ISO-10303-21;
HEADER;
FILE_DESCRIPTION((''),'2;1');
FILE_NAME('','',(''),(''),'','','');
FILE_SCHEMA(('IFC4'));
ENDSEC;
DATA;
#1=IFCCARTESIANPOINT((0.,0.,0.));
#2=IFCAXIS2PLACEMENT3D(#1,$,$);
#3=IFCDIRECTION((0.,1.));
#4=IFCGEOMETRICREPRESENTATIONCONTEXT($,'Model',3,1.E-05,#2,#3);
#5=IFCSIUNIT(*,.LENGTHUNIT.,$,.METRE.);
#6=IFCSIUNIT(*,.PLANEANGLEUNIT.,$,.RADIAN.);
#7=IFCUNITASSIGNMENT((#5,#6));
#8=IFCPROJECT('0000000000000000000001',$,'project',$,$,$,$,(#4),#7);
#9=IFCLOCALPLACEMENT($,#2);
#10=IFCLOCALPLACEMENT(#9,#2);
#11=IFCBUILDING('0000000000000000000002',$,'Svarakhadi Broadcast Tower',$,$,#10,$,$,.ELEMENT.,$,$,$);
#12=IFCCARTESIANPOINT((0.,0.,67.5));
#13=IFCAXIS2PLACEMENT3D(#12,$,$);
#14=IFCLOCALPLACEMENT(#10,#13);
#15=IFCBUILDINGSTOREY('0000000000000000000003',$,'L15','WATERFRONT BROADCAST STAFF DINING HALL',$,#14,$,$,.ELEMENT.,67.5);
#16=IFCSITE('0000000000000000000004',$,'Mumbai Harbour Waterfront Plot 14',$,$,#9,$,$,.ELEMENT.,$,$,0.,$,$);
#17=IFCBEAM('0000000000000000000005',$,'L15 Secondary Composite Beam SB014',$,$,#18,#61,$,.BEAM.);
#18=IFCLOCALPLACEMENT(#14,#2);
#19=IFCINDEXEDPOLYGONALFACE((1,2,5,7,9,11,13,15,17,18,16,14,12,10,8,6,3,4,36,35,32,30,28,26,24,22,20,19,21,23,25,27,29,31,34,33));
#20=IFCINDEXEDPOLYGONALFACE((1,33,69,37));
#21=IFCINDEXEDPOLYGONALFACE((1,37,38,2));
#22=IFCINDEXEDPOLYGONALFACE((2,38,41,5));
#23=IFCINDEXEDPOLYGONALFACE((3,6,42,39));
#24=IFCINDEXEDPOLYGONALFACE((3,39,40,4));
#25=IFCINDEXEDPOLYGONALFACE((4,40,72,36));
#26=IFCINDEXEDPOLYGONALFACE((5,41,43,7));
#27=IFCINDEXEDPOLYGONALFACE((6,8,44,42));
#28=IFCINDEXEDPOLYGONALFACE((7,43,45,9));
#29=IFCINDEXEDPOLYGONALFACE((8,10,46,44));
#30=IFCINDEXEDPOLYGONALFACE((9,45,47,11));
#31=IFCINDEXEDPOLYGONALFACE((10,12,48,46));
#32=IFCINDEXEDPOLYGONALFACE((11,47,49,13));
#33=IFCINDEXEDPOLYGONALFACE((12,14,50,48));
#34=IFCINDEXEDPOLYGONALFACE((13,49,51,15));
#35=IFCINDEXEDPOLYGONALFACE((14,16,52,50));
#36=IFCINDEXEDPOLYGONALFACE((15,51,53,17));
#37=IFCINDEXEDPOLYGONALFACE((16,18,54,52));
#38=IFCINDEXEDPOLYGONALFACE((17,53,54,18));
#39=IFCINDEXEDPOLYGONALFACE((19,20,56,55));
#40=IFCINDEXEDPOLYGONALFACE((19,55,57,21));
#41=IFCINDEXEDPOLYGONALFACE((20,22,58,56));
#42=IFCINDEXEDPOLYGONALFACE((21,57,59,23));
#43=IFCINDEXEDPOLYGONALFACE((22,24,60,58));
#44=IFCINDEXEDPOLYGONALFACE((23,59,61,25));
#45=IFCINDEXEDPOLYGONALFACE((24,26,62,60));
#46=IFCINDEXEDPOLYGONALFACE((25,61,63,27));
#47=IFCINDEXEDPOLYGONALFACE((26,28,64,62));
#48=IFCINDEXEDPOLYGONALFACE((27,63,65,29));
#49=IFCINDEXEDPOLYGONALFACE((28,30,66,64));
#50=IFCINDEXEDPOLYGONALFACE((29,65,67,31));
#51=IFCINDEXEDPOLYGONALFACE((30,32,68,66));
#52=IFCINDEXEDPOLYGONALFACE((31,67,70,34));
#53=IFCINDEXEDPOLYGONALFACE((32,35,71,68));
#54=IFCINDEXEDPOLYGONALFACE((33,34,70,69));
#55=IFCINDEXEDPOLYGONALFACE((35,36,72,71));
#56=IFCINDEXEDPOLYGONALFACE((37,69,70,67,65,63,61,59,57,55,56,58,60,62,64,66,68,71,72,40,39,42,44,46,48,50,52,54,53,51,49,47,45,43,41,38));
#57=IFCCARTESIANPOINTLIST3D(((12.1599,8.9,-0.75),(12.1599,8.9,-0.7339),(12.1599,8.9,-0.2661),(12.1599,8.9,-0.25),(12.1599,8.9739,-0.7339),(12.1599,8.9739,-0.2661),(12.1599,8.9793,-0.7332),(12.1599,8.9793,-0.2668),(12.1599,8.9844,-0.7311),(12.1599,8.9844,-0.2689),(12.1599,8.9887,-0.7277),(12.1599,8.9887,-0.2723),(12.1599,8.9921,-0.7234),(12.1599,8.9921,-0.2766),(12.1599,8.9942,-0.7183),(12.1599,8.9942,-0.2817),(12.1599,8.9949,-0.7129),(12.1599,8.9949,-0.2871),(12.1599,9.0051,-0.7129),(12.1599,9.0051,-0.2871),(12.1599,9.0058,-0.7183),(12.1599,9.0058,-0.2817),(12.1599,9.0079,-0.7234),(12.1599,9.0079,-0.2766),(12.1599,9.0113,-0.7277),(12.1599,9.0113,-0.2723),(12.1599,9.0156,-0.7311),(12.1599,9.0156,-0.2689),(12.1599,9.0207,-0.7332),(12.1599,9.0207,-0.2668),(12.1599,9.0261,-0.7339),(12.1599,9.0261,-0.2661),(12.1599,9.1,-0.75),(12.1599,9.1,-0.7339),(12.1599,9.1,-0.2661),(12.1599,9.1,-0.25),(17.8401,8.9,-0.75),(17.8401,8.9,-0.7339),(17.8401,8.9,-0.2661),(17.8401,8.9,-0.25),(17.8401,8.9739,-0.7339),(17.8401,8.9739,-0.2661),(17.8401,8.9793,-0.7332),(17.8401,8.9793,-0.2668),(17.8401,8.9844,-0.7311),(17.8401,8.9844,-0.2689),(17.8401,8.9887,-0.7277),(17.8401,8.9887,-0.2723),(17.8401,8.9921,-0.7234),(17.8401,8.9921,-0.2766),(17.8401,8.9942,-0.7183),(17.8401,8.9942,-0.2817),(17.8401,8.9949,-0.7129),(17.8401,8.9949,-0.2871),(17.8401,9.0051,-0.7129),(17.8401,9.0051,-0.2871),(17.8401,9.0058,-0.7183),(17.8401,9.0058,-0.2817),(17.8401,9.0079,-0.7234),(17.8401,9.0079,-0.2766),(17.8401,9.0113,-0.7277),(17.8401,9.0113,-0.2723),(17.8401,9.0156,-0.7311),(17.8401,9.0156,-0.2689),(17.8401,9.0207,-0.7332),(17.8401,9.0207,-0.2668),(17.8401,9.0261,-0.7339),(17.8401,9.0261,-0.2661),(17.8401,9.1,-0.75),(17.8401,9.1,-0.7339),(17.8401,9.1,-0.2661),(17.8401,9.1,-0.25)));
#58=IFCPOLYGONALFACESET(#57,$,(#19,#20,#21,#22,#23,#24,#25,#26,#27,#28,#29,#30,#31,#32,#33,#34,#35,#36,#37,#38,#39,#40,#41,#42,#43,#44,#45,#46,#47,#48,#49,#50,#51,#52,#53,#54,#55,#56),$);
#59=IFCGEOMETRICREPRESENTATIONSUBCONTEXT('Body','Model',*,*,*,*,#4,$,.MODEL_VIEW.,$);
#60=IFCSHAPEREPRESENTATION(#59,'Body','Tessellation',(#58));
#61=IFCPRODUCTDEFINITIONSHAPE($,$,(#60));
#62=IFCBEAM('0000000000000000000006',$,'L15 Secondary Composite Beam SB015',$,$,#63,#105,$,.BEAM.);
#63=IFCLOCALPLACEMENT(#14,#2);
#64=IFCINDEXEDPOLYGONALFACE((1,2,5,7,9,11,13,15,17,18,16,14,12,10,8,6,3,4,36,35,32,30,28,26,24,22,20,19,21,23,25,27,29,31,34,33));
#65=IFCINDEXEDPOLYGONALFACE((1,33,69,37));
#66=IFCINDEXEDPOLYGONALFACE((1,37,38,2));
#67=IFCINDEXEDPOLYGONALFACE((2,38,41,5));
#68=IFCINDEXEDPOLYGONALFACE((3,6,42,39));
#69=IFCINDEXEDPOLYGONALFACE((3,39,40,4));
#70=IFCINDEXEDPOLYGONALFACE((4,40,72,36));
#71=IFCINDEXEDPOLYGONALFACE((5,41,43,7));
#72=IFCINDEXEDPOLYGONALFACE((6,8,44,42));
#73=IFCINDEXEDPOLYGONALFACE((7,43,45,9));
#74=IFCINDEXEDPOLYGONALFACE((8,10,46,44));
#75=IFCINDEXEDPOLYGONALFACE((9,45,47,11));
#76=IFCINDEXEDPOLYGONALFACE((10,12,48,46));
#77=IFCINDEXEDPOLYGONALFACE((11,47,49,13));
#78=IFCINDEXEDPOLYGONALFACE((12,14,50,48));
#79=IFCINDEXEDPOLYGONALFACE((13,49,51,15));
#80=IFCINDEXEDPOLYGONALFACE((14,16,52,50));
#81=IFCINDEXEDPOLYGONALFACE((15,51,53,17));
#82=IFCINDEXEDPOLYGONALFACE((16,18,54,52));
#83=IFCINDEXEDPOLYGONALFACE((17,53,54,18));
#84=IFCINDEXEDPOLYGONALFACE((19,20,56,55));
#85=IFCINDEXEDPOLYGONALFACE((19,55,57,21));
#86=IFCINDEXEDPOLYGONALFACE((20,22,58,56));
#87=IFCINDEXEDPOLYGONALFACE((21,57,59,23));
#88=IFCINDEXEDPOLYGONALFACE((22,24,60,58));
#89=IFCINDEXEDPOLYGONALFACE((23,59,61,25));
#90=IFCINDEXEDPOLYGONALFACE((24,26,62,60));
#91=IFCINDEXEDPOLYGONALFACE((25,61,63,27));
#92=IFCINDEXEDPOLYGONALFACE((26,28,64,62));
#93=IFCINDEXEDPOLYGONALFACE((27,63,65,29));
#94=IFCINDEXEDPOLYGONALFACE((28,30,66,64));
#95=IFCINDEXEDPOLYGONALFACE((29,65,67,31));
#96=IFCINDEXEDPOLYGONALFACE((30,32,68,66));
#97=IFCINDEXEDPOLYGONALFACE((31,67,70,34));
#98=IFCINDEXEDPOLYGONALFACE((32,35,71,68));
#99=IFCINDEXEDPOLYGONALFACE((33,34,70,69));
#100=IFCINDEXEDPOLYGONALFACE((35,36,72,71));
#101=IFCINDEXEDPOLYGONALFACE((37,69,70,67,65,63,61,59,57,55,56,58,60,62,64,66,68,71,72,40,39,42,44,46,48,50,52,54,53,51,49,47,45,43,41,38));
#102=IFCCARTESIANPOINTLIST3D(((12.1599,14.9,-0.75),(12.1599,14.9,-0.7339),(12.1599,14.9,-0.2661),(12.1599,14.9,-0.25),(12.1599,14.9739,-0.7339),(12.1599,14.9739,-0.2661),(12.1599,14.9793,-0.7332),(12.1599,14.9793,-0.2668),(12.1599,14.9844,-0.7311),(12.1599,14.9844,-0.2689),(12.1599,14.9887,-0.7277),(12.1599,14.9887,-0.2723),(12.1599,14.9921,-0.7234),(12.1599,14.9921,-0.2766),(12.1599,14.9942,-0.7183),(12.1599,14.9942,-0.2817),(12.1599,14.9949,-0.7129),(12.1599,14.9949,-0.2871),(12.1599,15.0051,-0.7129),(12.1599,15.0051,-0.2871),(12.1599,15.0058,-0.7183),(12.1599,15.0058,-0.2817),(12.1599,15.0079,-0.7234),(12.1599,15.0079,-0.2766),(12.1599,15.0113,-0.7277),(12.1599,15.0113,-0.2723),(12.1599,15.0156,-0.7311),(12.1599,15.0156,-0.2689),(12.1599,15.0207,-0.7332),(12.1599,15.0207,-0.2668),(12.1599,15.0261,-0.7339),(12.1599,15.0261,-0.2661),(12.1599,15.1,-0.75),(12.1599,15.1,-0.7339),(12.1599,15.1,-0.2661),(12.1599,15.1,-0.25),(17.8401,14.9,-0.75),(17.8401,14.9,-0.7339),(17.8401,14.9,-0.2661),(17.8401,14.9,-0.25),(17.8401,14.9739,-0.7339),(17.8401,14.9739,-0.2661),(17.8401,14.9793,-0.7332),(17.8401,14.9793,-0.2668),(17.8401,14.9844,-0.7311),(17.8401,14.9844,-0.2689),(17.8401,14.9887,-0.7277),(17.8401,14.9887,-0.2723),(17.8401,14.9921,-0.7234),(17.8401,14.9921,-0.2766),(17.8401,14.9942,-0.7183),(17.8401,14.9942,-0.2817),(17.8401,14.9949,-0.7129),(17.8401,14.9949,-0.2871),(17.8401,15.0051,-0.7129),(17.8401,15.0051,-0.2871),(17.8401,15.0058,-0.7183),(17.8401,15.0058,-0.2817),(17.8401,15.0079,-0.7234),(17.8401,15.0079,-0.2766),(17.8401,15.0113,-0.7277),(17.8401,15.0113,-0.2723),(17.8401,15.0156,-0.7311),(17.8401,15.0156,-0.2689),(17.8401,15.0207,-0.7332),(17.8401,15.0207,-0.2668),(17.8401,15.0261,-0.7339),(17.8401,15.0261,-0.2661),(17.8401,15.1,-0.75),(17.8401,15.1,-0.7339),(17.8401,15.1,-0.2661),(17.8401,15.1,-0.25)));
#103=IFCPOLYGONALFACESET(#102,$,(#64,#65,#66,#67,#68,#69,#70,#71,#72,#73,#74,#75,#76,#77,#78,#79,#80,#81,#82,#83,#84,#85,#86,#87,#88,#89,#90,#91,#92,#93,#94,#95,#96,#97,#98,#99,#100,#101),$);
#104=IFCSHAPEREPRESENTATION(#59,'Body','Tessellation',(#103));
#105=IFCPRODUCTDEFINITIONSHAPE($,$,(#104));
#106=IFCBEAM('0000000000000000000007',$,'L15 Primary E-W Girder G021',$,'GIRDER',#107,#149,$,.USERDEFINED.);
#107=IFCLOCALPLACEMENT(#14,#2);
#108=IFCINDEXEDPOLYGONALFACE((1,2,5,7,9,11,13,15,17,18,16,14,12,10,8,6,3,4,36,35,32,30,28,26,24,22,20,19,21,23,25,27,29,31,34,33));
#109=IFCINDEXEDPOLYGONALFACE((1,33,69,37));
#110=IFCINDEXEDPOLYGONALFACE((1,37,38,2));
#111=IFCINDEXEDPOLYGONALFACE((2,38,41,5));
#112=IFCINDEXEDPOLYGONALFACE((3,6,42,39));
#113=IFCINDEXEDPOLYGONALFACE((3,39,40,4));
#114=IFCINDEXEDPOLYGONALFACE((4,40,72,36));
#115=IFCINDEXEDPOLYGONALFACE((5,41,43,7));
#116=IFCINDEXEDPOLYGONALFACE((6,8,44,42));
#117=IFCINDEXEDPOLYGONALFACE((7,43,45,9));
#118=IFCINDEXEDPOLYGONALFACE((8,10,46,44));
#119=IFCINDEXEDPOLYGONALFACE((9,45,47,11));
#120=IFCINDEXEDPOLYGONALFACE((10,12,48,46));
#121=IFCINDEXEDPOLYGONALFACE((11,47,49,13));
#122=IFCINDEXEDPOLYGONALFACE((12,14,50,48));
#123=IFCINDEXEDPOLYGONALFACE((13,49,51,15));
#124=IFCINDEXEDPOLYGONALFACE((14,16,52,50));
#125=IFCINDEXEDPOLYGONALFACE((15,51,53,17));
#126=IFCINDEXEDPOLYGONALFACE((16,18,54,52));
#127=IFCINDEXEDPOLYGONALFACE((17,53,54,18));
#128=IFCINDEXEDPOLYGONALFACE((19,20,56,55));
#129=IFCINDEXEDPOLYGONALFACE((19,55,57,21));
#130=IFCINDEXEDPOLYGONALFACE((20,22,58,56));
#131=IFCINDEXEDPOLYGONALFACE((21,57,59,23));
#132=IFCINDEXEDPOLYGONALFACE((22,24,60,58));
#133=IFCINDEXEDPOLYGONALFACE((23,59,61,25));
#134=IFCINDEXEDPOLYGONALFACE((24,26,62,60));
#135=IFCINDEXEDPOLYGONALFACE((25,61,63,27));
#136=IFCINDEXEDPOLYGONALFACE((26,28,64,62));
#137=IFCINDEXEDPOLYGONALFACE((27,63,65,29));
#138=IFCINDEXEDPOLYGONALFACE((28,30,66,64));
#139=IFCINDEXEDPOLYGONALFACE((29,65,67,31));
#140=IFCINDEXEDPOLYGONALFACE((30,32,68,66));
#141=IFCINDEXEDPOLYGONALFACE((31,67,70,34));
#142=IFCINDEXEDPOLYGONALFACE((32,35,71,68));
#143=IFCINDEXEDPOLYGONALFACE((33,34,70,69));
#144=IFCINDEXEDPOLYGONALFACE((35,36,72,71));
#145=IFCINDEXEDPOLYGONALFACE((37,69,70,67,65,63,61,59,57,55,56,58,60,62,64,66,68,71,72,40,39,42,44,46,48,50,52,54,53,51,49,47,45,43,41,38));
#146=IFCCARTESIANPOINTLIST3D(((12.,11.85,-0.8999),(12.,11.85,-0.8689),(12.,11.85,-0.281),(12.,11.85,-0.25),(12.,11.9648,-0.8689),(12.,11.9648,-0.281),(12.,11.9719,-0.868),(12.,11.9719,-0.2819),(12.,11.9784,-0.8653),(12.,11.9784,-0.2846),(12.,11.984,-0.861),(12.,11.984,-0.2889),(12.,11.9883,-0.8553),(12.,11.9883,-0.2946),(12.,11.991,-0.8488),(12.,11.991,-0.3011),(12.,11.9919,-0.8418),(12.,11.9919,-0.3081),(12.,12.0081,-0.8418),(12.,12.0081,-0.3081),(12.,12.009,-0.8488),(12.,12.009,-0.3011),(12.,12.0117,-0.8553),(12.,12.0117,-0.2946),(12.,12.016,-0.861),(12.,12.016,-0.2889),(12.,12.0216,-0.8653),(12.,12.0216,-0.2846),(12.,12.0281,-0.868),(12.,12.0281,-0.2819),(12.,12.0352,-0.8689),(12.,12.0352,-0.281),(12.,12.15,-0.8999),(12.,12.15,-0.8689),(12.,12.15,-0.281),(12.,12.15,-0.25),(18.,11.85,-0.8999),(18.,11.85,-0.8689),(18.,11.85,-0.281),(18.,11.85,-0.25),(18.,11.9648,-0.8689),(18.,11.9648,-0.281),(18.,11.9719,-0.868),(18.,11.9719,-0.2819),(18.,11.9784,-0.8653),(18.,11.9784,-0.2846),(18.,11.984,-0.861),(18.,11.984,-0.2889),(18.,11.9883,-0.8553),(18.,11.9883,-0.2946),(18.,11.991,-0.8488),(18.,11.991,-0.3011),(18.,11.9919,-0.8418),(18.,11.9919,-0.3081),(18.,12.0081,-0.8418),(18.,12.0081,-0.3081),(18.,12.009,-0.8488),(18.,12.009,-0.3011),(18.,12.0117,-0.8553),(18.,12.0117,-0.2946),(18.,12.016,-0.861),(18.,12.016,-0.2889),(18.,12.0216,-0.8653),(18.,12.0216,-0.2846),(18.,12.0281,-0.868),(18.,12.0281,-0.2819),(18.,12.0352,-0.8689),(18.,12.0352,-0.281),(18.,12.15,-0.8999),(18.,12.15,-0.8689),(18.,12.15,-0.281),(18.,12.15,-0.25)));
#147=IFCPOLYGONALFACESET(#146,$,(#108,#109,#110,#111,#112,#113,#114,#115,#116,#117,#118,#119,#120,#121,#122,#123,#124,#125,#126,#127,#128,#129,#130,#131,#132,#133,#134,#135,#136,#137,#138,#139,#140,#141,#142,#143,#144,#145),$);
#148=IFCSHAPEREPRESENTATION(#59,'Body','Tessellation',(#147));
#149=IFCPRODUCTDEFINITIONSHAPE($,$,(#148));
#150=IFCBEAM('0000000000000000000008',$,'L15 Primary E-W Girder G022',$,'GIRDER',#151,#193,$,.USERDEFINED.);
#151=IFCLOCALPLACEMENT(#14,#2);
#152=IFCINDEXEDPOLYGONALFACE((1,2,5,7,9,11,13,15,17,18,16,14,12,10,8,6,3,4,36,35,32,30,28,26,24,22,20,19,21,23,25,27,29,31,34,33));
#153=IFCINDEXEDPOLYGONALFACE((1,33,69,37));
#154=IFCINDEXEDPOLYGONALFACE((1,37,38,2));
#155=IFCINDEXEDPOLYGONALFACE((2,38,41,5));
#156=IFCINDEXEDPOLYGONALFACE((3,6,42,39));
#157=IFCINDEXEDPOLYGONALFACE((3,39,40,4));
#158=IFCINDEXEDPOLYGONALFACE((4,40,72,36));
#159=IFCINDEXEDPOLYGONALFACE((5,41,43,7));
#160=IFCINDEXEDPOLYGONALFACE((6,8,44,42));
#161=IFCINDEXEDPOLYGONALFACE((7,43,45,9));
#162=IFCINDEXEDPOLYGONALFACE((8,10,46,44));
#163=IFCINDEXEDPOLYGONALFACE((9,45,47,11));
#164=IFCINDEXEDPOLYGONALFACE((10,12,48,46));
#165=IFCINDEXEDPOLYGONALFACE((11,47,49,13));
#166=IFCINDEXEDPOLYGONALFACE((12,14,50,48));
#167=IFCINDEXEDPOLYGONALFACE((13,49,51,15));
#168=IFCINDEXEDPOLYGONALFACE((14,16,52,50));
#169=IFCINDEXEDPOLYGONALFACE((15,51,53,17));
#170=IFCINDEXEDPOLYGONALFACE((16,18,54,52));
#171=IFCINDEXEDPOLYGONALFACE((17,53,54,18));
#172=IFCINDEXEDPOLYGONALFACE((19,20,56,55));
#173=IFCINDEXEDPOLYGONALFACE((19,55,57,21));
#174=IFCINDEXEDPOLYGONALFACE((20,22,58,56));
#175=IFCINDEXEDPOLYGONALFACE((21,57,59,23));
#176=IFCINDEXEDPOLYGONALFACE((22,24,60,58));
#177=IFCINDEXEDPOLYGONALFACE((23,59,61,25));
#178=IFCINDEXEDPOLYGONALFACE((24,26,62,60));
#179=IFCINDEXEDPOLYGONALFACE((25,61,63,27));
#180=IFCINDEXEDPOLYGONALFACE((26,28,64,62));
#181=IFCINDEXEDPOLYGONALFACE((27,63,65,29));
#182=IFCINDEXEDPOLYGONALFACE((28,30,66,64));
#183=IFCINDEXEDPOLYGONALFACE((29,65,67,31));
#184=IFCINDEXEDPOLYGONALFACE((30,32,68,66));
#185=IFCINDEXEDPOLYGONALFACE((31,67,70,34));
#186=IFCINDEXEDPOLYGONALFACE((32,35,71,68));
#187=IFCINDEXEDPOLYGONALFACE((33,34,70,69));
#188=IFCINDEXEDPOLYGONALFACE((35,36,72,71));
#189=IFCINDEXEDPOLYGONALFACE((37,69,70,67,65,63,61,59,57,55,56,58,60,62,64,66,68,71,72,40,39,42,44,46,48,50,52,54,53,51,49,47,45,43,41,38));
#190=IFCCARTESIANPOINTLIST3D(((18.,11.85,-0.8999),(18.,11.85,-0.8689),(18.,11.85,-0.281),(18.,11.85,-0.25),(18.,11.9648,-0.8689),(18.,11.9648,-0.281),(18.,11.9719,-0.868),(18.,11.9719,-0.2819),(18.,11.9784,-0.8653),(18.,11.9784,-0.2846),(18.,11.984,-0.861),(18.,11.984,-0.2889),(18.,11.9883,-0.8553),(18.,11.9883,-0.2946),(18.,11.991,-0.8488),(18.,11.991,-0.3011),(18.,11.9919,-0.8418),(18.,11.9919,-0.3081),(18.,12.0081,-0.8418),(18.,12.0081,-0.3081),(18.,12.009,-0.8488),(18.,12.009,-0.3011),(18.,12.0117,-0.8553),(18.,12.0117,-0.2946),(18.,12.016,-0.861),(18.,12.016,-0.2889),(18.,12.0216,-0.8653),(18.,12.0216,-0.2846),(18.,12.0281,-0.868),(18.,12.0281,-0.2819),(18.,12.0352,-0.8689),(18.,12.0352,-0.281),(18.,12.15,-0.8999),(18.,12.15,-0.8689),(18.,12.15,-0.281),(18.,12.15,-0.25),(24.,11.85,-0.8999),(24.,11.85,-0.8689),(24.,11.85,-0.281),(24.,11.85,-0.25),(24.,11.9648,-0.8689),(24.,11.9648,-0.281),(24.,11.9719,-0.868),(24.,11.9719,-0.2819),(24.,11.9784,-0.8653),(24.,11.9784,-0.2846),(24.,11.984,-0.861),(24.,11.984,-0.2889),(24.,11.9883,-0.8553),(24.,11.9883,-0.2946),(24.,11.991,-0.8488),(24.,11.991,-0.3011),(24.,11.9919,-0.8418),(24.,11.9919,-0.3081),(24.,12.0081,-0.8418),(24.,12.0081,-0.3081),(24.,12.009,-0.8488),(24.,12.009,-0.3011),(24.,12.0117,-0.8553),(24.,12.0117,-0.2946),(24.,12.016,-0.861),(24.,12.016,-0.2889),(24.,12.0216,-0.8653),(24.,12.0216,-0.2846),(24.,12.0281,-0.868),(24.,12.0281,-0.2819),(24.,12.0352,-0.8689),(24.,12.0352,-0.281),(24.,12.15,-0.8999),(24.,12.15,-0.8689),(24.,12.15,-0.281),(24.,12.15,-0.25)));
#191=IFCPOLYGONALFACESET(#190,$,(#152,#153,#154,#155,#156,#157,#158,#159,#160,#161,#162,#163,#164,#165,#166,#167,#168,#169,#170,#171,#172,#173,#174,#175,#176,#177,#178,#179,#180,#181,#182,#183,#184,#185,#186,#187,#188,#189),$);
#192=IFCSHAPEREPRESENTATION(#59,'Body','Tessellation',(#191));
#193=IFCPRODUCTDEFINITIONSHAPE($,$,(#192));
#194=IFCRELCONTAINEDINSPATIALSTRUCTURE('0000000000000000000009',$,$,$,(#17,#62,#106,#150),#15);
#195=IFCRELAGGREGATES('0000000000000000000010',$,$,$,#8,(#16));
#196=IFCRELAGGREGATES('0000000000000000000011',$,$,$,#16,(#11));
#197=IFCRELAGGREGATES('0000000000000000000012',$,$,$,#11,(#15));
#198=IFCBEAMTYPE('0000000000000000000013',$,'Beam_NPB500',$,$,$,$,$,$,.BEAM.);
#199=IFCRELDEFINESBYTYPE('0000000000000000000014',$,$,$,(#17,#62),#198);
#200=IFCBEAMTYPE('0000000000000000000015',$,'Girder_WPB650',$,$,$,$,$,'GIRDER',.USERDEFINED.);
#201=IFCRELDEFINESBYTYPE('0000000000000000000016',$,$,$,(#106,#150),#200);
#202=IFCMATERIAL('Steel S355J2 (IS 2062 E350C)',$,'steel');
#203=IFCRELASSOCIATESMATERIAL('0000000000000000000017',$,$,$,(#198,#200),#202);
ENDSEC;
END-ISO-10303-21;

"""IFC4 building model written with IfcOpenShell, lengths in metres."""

from ifc_helpers import new_model, si_unit, direction, frame, origin, origin_2d, place, context, subcontext, project, spatial, i_section, extrude, material, material_profile, profile_set, type_object, element, save


model = new_model("IFC4")

# Units and contexts
model_context = context("Model", 3, precision=1e-05, world=origin(), true_north=direction((0.0, 1.0)))
body_context = subcontext(model_context, "Body", "Model", "MODEL_VIEW")
ifc_project = project(units=[si_unit("LENGTHUNIT", "METRE"), si_unit("PLANEANGLEUNIT", "RADIAN")], contexts=[model_context])

# Site, building, storey
site_placement = place(None, origin())
site = spatial("IfcSite", under=ifc_project, at=site_placement, Name="Mumbai Harbour Waterfront Plot 14", CompositionType="ELEMENT", RefElevation=0.0)
building_placement = place(site_placement, origin())
building = spatial("IfcBuilding", under=site, at=building_placement, Name="Svarakhadi Broadcast Tower", CompositionType="ELEMENT")
storey_placement = place(building_placement, frame((0.0, 0.0, 67.5)))
storey = spatial("IfcBuildingStorey", under=building, at=storey_placement, Name="L15", Description="WATERFRONT BROADCAST STAFF DINING HALL", CompositionType="ELEMENT", Elevation=67.5)

# Beams
ifc_material_1 = material(Name="Steel S355J2 (IS 2062 E350C)", Category="steel")
ifc_material_profile_1 = material_profile(ifc_material_1, i_section(OverallWidth=0.2, OverallDepth=0.5, WebThickness=0.0103, FlangeThickness=0.0161, FilletRadius=0.021, at=origin_2d()), Name="NPB 500x200x91")
ifc_profile_set_1 = profile_set([ifc_material_profile_1], Name="Steel S355J2 (IS 2062 E350C)")
beam_type_1 = type_object("IfcBeamType", Name="Beam_NPB500", PredefinedType="BEAM", material=ifc_profile_set_1)
for number, where, z_axis, x_axis, name in (
    (1, (12.1599, 9.0, -0.5), (1.0, 0.0, 0.0), (0.0, 1.0, 0.0), "L15 Secondary Composite Beam SB014"),
    (2, (12.1599, 15.0, -0.5), (1.0, 0.0, 0.0), (0.0, 1.0, 0.0), "L15 Secondary Composite Beam SB015"),
):
    element("IfcBeam", number, at=place(storey_placement, frame(where, z_axis=z_axis, x_axis=x_axis)), inside=storey, type_object=beam_type_1, Name=name, PredefinedType="BEAM", context=body_context, shape_type="SweptSolid", body=[
        extrude(i_section(OverallWidth=0.2, OverallDepth=0.5, WebThickness=0.0103, FlangeThickness=0.0161, FilletRadius=0.021, at=origin_2d()), origin(), (0.0, 0.0, 1.0), 5.6802),
    ])
ifc_material_profile_2 = material_profile(ifc_material_1, i_section(OverallWidth=0.3, OverallDepth=0.6499, WebThickness=0.0161, FlangeThickness=0.031, FilletRadius=0.0271, at=origin_2d()), Name="WPB 650x300x225")
ifc_profile_set_2 = profile_set([ifc_material_profile_2], Name="Steel S355J2 (IS 2062 E350C)")
beam_type_2 = type_object("IfcBeamType", Name="Girder_WPB650", ElementType="GIRDER", PredefinedType="USERDEFINED", material=ifc_profile_set_2)
for number, where, z_axis, x_axis, name in (
    (3, (12.0, 12.0, -0.575), (1.0, 0.0, 0.0), (0.0, 1.0, 0.0), "L15 Primary E-W Girder G021"),
    (4, (18.0, 12.0, -0.575), (1.0, 0.0, 0.0), (0.0, 1.0, 0.0), "L15 Primary E-W Girder G022"),
):
    element("IfcBeam", number, at=place(storey_placement, frame(where, z_axis=z_axis, x_axis=x_axis)), inside=storey, type_object=beam_type_2, Name=name, ObjectType="GIRDER", PredefinedType="USERDEFINED", context=body_context, shape_type="SweptSolid", body=[
        extrude(i_section(OverallWidth=0.3, OverallDepth=0.6499, WebThickness=0.0161, FlangeThickness=0.031, FilletRadius=0.0271, at=origin_2d()), origin(), (0.0, 0.0, 1.0), 6.0),
    ])

save(model, "model.ifc")
